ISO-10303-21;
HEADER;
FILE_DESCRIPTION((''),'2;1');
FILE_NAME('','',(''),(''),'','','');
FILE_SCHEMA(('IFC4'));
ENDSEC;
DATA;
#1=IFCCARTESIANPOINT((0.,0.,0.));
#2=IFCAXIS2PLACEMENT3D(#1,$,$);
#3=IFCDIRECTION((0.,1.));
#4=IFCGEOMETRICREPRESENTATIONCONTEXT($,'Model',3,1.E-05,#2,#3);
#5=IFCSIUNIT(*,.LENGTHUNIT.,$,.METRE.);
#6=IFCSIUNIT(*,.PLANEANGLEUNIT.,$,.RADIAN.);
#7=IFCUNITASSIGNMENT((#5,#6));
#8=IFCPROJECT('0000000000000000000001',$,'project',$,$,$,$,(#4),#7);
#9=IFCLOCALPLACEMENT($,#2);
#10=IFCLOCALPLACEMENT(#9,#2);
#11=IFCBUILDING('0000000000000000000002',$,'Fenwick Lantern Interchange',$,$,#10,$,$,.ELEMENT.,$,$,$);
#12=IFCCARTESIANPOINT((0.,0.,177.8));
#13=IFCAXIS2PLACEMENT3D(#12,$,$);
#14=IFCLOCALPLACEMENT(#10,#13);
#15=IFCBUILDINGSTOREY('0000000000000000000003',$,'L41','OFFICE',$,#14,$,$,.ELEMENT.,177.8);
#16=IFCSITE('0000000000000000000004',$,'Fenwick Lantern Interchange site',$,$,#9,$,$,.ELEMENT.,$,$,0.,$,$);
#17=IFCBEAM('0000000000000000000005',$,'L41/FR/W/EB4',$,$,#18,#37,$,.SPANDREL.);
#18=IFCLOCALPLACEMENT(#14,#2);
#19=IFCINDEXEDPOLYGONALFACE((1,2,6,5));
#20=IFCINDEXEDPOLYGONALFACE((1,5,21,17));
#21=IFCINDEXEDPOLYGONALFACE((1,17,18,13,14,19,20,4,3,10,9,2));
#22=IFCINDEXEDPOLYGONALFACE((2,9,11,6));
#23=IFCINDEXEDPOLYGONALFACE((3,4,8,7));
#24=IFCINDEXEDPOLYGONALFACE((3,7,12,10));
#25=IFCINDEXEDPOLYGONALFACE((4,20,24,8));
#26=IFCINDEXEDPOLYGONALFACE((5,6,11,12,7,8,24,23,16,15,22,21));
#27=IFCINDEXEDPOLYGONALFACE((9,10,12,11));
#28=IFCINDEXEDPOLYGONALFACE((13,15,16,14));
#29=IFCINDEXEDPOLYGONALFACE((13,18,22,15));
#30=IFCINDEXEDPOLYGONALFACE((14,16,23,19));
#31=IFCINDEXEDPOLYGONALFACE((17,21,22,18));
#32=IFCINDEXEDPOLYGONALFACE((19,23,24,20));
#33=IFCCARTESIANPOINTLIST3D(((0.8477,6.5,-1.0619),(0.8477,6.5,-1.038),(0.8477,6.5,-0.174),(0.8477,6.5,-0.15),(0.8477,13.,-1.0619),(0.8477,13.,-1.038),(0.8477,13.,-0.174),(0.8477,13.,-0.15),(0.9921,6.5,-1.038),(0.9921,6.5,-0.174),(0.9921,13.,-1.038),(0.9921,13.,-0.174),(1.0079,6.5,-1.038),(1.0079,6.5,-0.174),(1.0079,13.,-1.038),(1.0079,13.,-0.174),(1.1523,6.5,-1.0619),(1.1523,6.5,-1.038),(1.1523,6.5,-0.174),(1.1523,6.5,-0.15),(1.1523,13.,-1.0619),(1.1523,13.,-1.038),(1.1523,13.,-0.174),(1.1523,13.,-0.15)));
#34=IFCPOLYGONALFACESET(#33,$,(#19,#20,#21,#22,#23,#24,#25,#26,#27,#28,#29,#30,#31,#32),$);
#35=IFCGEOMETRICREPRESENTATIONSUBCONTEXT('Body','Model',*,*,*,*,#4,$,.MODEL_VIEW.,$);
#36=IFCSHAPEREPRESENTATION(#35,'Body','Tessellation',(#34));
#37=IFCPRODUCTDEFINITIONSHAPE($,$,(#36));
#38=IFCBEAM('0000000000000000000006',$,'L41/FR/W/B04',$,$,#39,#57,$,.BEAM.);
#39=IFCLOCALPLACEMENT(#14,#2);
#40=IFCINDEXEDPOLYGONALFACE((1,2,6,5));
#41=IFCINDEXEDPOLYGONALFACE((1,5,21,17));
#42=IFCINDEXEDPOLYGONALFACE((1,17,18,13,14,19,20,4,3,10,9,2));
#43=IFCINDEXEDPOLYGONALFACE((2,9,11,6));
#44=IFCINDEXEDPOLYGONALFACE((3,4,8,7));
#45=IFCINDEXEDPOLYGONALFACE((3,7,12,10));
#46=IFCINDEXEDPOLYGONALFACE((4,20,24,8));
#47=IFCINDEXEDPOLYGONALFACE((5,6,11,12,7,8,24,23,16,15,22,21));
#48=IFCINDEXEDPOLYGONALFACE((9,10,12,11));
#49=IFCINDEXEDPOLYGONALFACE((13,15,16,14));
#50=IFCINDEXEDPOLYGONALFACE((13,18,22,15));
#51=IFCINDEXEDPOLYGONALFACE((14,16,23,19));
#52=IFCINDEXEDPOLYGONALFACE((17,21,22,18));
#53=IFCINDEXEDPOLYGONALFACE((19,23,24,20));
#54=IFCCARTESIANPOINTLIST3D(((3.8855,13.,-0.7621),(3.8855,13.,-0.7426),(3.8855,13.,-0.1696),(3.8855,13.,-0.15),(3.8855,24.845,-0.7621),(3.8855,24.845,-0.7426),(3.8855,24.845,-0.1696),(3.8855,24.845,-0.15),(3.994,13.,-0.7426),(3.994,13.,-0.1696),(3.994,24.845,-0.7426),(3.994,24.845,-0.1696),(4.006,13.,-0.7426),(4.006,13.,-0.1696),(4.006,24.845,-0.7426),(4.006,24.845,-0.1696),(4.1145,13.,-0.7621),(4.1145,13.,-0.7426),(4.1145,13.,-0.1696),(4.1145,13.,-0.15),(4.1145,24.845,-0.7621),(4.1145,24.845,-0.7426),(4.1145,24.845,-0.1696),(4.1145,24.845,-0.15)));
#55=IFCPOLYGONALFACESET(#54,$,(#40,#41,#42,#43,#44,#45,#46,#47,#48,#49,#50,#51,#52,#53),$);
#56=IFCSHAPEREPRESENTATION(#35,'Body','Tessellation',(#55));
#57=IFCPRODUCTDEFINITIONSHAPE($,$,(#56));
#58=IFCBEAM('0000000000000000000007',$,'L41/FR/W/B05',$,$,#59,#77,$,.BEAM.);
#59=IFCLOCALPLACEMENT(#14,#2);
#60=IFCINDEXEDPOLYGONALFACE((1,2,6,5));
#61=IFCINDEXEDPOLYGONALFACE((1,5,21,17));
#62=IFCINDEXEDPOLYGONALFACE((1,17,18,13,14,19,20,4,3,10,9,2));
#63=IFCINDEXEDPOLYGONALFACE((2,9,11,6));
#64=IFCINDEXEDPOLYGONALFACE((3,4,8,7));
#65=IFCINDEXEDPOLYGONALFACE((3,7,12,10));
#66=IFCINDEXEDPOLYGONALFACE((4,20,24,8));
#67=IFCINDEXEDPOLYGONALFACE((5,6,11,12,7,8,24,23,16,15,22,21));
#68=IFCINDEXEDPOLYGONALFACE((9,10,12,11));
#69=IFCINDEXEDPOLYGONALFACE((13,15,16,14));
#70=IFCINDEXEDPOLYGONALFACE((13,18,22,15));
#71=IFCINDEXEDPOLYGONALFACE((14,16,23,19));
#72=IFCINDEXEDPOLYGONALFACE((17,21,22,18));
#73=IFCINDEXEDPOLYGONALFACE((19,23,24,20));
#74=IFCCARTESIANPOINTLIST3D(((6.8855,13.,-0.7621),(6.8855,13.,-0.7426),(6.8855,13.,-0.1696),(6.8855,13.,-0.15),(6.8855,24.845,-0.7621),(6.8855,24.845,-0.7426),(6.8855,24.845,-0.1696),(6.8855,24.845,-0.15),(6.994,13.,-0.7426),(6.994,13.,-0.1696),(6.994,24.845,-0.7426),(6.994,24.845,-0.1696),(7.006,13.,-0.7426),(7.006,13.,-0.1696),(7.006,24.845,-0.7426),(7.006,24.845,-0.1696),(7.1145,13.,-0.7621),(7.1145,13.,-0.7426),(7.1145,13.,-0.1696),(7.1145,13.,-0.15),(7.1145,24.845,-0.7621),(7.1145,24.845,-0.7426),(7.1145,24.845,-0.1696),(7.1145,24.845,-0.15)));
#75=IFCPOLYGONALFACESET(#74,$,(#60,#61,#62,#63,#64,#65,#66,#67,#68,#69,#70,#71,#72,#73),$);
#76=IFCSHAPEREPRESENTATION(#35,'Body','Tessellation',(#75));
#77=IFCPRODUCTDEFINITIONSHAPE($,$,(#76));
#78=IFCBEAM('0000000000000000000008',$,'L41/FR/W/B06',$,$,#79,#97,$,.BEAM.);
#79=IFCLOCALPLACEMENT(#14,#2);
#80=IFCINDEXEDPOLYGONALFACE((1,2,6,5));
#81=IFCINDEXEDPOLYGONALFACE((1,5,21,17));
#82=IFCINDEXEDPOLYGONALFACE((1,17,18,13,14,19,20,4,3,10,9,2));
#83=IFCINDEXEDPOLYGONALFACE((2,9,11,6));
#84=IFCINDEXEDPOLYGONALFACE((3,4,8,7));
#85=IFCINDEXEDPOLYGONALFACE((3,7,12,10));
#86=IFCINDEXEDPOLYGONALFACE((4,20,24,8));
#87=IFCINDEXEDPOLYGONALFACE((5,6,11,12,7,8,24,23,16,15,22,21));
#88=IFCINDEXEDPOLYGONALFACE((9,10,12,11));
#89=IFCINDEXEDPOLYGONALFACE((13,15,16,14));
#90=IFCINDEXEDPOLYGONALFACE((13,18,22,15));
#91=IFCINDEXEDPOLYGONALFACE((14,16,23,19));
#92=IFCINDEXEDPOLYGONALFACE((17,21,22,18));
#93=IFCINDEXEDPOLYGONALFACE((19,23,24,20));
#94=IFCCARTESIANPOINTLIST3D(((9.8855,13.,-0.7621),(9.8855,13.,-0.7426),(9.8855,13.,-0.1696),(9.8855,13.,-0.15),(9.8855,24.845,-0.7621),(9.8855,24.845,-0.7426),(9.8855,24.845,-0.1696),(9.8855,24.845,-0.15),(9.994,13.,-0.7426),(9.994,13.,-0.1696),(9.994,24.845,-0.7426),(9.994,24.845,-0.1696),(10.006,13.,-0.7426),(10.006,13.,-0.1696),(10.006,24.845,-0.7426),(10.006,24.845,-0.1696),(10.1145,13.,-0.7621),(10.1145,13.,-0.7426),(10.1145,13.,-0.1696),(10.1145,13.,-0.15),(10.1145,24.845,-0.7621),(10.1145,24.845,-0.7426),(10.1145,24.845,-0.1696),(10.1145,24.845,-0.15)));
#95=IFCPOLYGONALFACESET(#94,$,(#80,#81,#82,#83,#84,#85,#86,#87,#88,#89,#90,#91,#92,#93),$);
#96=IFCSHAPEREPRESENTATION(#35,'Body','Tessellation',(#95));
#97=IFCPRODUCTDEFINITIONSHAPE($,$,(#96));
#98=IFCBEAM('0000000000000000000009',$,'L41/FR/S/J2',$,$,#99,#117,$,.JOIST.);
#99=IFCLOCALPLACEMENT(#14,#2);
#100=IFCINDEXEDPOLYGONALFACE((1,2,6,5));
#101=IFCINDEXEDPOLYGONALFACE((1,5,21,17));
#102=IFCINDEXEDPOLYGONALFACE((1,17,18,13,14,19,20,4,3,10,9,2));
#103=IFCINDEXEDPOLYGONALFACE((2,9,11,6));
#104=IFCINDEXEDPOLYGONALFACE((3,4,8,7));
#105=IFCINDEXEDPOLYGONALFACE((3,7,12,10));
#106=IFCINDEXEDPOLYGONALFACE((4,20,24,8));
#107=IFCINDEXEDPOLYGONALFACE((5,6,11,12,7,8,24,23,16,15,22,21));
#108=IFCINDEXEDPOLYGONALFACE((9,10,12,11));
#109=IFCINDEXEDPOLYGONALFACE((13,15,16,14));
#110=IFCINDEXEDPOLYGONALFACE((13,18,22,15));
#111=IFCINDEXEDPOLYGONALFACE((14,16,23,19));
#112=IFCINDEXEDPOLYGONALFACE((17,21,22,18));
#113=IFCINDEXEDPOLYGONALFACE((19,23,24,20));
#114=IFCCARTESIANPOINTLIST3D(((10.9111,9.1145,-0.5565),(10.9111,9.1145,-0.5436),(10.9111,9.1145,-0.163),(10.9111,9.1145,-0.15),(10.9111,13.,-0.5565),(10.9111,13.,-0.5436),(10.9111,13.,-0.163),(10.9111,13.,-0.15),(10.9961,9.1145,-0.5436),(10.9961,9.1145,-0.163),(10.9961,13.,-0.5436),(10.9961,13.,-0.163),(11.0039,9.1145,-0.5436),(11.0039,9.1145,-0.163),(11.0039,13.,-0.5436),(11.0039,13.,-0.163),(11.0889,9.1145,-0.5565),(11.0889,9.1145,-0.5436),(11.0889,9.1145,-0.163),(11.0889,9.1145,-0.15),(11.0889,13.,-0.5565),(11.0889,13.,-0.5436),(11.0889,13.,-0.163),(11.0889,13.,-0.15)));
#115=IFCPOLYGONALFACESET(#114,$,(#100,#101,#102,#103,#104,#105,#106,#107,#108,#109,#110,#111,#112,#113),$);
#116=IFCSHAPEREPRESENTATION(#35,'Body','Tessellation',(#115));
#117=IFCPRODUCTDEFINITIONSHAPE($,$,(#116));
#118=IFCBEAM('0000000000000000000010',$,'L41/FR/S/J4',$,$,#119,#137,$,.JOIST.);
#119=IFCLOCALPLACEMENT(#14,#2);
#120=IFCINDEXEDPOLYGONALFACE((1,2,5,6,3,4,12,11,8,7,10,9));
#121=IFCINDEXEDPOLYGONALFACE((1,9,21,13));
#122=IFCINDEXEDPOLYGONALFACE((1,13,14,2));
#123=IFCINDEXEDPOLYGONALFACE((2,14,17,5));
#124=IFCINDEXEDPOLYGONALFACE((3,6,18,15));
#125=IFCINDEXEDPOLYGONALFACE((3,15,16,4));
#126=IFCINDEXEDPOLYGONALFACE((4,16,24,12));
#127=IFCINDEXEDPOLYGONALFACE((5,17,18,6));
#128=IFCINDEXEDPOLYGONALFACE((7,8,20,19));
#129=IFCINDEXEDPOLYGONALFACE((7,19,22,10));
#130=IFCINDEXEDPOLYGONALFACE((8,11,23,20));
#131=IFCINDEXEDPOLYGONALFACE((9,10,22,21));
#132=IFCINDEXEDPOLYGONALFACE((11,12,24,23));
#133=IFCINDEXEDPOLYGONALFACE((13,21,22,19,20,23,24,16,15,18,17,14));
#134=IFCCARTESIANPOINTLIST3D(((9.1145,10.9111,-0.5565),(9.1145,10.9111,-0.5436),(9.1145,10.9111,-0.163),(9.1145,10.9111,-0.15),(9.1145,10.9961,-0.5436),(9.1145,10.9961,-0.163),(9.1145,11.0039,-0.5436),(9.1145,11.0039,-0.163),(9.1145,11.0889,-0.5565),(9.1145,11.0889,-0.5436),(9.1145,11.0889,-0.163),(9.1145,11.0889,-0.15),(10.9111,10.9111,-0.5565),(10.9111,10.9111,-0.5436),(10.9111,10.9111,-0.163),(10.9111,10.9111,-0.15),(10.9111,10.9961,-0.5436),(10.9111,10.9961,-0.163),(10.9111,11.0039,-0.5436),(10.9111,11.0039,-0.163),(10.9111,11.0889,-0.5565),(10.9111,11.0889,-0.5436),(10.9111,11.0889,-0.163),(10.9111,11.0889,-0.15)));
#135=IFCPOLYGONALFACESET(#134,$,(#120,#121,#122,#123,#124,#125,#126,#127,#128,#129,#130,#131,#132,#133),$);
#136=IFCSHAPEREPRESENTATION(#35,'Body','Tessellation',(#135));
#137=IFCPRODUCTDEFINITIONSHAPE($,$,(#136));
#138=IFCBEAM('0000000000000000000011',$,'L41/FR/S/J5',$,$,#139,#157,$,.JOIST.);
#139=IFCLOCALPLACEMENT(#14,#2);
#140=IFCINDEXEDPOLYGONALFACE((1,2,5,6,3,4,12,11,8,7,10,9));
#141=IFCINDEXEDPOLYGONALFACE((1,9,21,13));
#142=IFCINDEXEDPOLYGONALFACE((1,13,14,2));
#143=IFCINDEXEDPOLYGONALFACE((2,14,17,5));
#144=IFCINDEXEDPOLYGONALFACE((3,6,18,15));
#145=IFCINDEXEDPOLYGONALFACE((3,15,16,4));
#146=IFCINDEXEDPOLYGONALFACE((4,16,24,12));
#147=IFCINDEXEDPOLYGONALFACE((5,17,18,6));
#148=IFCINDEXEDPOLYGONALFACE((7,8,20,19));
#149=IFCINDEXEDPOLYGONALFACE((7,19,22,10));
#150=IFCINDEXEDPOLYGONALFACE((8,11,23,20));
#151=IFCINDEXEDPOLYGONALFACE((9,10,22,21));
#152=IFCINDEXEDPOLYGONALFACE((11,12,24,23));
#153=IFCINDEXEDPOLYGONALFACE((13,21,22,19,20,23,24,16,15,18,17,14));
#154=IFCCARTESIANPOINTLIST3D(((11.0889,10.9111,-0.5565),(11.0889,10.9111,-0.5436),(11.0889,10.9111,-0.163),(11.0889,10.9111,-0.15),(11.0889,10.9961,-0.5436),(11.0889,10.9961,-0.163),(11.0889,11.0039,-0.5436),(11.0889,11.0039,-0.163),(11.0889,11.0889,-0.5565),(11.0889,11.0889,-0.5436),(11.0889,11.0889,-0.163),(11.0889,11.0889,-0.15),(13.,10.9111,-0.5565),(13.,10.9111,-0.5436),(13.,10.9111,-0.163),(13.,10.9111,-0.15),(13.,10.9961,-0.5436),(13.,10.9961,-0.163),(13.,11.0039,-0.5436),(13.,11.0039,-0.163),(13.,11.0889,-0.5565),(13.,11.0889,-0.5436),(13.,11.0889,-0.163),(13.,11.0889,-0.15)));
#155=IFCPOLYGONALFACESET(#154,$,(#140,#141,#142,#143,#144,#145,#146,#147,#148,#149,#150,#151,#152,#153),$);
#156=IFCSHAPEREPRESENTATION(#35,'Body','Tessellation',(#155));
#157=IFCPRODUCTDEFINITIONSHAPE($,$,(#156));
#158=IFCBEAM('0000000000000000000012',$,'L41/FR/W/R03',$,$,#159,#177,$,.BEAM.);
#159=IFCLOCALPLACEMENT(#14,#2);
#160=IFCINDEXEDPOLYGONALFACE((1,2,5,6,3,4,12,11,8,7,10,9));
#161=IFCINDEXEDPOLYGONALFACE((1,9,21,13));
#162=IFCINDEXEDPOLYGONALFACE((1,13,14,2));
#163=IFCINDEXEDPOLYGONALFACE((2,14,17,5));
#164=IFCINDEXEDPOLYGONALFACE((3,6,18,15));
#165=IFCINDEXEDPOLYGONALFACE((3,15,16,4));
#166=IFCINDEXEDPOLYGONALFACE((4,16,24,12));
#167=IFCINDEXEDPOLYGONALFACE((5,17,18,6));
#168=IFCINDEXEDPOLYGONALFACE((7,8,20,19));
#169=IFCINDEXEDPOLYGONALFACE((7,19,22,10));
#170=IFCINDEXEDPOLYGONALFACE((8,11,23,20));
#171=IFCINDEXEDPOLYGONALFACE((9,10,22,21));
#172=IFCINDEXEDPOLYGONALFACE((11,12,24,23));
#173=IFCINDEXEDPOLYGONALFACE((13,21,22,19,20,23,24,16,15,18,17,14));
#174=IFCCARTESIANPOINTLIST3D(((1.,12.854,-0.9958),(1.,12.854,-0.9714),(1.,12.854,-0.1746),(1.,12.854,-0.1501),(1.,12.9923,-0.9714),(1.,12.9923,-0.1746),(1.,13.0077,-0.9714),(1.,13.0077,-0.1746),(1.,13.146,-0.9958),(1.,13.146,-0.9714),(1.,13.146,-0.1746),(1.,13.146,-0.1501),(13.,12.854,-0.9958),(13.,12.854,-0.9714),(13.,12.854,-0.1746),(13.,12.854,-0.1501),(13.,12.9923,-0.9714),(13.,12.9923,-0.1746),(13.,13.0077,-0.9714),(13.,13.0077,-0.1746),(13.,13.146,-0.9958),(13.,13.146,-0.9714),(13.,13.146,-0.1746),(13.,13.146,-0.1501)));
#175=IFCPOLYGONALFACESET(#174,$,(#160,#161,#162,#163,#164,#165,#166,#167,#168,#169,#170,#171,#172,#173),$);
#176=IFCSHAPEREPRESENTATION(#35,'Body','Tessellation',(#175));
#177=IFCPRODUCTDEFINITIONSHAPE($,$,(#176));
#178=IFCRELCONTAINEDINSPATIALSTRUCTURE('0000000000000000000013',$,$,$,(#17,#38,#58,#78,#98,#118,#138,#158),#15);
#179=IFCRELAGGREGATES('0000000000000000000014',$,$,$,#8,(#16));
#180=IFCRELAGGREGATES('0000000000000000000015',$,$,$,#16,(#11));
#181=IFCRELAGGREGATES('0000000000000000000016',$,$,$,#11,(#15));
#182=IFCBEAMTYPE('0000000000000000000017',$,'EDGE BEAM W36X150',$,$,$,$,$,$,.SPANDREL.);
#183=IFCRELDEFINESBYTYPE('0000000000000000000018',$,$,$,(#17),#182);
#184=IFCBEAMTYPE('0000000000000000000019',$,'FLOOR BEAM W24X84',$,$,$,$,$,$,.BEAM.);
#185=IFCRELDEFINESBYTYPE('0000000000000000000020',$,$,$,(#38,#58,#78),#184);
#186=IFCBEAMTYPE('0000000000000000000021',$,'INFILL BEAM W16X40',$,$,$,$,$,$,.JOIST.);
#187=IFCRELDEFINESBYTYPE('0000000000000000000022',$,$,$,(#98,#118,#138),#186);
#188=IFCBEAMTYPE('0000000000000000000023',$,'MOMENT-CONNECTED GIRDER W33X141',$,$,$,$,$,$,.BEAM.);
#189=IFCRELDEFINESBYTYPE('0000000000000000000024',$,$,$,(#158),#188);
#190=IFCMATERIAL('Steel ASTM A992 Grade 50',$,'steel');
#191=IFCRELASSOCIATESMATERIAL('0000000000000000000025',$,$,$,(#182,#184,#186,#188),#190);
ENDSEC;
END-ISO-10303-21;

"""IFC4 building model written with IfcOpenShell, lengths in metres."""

from ifc_helpers import new_model, si_unit, direction, frame, origin, origin_2d, place, context, subcontext, project, spatial, i_section, extrude, material, material_profile, profile_set, type_object, element, save


model = new_model("IFC4")

# Units and contexts
model_context = context("Model", 3, precision=1e-05, world=origin(), true_north=direction((0.0, 1.0)))
body_context = subcontext(model_context, "Body", "Model", "MODEL_VIEW")
ifc_project = project(units=[si_unit("LENGTHUNIT", "METRE"), si_unit("PLANEANGLEUNIT", "RADIAN")], contexts=[model_context])

# Site, building, storey
site_placement = place(None, origin())
site = spatial("IfcSite", under=ifc_project, at=site_placement, Name="Fenwick Lantern Interchange site", CompositionType="ELEMENT", RefElevation=0.0)
building_placement = place(site_placement, origin())
building = spatial("IfcBuilding", under=site, at=building_placement, Name="Fenwick Lantern Interchange", CompositionType="ELEMENT")
storey_placement = place(building_placement, frame((0.0, 0.0, 177.8)))
storey = spatial("IfcBuildingStorey", under=building, at=storey_placement, Name="L41", Description="OFFICE", CompositionType="ELEMENT", Elevation=177.8)

# Beams
ifc_material_1 = material(Name="Steel ASTM A992 Grade 50", Category="steel")
ifc_material_profile_1 = material_profile(ifc_material_1, i_section(OverallWidth=0.3047, OverallDepth=0.9119, WebThickness=0.0159, FlangeThickness=0.0239, at=origin_2d()), Name="W36X150")
ifc_profile_set_1 = profile_set([ifc_material_profile_1], Name="Steel ASTM A992 Grade 50")
beam_type_1 = type_object("IfcBeamType", Name="EDGE BEAM W36X150", PredefinedType="SPANDREL", material=ifc_profile_set_1)
beam_1_placement = place(storey_placement, frame((1.0, 13.0, -0.606), z_axis=(0.0, -1.0, 0.0), x_axis=(1.0, 0.0, 0.0)))
element("IfcBeam", 1, at=beam_1_placement, inside=storey, type_object=beam_type_1, Name="L41/FR/W/EB4", PredefinedType="SPANDREL", context=body_context, shape_type="SweptSolid", body=[
    extrude(i_section(OverallWidth=0.3047, OverallDepth=0.9119, WebThickness=0.0159, FlangeThickness=0.0239, at=origin_2d()), origin(), (0.0, 0.0, 1.0), 6.5),
])
ifc_material_profile_2 = material_profile(ifc_material_1, i_section(OverallWidth=0.229, OverallDepth=0.6121, WebThickness=0.012, FlangeThickness=0.0195, at=origin_2d()), Name="W24X84")
ifc_profile_set_2 = profile_set([ifc_material_profile_2], Name="Steel ASTM A992 Grade 50")
beam_type_2 = type_object("IfcBeamType", Name="FLOOR BEAM W24X84", PredefinedType="BEAM", material=ifc_profile_set_2)
for number, where, z_axis, x_axis, name in (
    (2, (4.0, 24.845, -0.4561), (0.0, -1.0, 0.0), (1.0, 0.0, 0.0), "L41/FR/W/B04"),
    (3, (7.0, 24.845, -0.4561), (0.0, -1.0, 0.0), (1.0, 0.0, 0.0), "L41/FR/W/B05"),
    (4, (10.0, 24.845, -0.4561), (0.0, -1.0, 0.0), (1.0, 0.0, 0.0), "L41/FR/W/B06"),
):
    element("IfcBeam", number, at=place(storey_placement, frame(where, z_axis=z_axis, x_axis=x_axis)), inside=storey, type_object=beam_type_2, Name=name, PredefinedType="BEAM", context=body_context, shape_type="SweptSolid", body=[
        extrude(i_section(OverallWidth=0.229, OverallDepth=0.6121, WebThickness=0.012, FlangeThickness=0.0195, at=origin_2d()), origin(), (0.0, 0.0, 1.0), 11.845),
    ])
ifc_material_profile_3 = material_profile(ifc_material_1, i_section(OverallWidth=0.1777, OverallDepth=0.4065, WebThickness=0.0078, FlangeThickness=0.0129, at=origin_2d()), Name="W16X40")
ifc_profile_set_3 = profile_set([ifc_material_profile_3], Name="Steel ASTM A992 Grade 50")
beam_type_3 = type_object("IfcBeamType", Name="INFILL BEAM W16X40", PredefinedType="JOIST", material=ifc_profile_set_3)
beam_2_placement = place(storey_placement, frame((11.0, 9.1145, -0.3533), z_axis=(0.0, 1.0, 0.0), x_axis=(-1.0, 0.0, 0.0)))
element("IfcBeam", 5, at=beam_2_placement, inside=storey, type_object=beam_type_3, Name="L41/FR/S/J2", PredefinedType="JOIST", context=body_context, shape_type="SweptSolid", body=[
    extrude(i_section(OverallWidth=0.1777, OverallDepth=0.4065, WebThickness=0.0078, FlangeThickness=0.0129, at=origin_2d()), origin(), (0.0, 0.0, 1.0), 3.8855),
])
beam_3_placement = place(storey_placement, frame((9.1145, 11.0, -0.3533), z_axis=(1.0, 0.0, 0.0), x_axis=(0.0, 1.0, 0.0)))
element("IfcBeam", 6, at=beam_3_placement, inside=storey, type_object=beam_type_3, Name="L41/FR/S/J4", PredefinedType="JOIST", context=body_context, shape_type="SweptSolid", body=[
    extrude(i_section(OverallWidth=0.1777, OverallDepth=0.4065, WebThickness=0.0078, FlangeThickness=0.0129, at=origin_2d()), origin(), (0.0, 0.0, 1.0), 1.7966),
])
beam_4_placement = place(storey_placement, frame((11.0889, 11.0, -0.3533), z_axis=(1.0, 0.0, 0.0), x_axis=(0.0, 1.0, 0.0)))
element("IfcBeam", 7, at=beam_4_placement, inside=storey, type_object=beam_type_3, Name="L41/FR/S/J5", PredefinedType="JOIST", context=body_context, shape_type="SweptSolid", body=[
    extrude(i_section(OverallWidth=0.1777, OverallDepth=0.4065, WebThickness=0.0078, FlangeThickness=0.0129, at=origin_2d()), origin(), (0.0, 0.0, 1.0), 1.9111),
])
ifc_material_profile_4 = material_profile(ifc_material_1, i_section(OverallWidth=0.292, OverallDepth=0.8457, WebThickness=0.0154, FlangeThickness=0.0244, at=origin_2d()), Name="W33X141")
ifc_profile_set_4 = profile_set([ifc_material_profile_4], Name="Steel ASTM A992 Grade 50")
beam_type_4 = type_object("IfcBeamType", Name="MOMENT-CONNECTED GIRDER W33X141", PredefinedType="BEAM", material=ifc_profile_set_4)
beam_5_placement = place(storey_placement, frame((1.0, 13.0, -0.573), z_axis=(1.0, 0.0, 0.0), x_axis=(0.0, 1.0, 0.0)))
element("IfcBeam", 8, at=beam_5_placement, inside=storey, type_object=beam_type_4, Name="L41/FR/W/R03", PredefinedType="BEAM", context=body_context, shape_type="SweptSolid", body=[
    extrude(i_section(OverallWidth=0.292, OverallDepth=0.8457, WebThickness=0.0154, FlangeThickness=0.0244, at=origin_2d()), origin(), (0.0, 0.0, 1.0), 12.0),
])

save(model, "model.ifc")
